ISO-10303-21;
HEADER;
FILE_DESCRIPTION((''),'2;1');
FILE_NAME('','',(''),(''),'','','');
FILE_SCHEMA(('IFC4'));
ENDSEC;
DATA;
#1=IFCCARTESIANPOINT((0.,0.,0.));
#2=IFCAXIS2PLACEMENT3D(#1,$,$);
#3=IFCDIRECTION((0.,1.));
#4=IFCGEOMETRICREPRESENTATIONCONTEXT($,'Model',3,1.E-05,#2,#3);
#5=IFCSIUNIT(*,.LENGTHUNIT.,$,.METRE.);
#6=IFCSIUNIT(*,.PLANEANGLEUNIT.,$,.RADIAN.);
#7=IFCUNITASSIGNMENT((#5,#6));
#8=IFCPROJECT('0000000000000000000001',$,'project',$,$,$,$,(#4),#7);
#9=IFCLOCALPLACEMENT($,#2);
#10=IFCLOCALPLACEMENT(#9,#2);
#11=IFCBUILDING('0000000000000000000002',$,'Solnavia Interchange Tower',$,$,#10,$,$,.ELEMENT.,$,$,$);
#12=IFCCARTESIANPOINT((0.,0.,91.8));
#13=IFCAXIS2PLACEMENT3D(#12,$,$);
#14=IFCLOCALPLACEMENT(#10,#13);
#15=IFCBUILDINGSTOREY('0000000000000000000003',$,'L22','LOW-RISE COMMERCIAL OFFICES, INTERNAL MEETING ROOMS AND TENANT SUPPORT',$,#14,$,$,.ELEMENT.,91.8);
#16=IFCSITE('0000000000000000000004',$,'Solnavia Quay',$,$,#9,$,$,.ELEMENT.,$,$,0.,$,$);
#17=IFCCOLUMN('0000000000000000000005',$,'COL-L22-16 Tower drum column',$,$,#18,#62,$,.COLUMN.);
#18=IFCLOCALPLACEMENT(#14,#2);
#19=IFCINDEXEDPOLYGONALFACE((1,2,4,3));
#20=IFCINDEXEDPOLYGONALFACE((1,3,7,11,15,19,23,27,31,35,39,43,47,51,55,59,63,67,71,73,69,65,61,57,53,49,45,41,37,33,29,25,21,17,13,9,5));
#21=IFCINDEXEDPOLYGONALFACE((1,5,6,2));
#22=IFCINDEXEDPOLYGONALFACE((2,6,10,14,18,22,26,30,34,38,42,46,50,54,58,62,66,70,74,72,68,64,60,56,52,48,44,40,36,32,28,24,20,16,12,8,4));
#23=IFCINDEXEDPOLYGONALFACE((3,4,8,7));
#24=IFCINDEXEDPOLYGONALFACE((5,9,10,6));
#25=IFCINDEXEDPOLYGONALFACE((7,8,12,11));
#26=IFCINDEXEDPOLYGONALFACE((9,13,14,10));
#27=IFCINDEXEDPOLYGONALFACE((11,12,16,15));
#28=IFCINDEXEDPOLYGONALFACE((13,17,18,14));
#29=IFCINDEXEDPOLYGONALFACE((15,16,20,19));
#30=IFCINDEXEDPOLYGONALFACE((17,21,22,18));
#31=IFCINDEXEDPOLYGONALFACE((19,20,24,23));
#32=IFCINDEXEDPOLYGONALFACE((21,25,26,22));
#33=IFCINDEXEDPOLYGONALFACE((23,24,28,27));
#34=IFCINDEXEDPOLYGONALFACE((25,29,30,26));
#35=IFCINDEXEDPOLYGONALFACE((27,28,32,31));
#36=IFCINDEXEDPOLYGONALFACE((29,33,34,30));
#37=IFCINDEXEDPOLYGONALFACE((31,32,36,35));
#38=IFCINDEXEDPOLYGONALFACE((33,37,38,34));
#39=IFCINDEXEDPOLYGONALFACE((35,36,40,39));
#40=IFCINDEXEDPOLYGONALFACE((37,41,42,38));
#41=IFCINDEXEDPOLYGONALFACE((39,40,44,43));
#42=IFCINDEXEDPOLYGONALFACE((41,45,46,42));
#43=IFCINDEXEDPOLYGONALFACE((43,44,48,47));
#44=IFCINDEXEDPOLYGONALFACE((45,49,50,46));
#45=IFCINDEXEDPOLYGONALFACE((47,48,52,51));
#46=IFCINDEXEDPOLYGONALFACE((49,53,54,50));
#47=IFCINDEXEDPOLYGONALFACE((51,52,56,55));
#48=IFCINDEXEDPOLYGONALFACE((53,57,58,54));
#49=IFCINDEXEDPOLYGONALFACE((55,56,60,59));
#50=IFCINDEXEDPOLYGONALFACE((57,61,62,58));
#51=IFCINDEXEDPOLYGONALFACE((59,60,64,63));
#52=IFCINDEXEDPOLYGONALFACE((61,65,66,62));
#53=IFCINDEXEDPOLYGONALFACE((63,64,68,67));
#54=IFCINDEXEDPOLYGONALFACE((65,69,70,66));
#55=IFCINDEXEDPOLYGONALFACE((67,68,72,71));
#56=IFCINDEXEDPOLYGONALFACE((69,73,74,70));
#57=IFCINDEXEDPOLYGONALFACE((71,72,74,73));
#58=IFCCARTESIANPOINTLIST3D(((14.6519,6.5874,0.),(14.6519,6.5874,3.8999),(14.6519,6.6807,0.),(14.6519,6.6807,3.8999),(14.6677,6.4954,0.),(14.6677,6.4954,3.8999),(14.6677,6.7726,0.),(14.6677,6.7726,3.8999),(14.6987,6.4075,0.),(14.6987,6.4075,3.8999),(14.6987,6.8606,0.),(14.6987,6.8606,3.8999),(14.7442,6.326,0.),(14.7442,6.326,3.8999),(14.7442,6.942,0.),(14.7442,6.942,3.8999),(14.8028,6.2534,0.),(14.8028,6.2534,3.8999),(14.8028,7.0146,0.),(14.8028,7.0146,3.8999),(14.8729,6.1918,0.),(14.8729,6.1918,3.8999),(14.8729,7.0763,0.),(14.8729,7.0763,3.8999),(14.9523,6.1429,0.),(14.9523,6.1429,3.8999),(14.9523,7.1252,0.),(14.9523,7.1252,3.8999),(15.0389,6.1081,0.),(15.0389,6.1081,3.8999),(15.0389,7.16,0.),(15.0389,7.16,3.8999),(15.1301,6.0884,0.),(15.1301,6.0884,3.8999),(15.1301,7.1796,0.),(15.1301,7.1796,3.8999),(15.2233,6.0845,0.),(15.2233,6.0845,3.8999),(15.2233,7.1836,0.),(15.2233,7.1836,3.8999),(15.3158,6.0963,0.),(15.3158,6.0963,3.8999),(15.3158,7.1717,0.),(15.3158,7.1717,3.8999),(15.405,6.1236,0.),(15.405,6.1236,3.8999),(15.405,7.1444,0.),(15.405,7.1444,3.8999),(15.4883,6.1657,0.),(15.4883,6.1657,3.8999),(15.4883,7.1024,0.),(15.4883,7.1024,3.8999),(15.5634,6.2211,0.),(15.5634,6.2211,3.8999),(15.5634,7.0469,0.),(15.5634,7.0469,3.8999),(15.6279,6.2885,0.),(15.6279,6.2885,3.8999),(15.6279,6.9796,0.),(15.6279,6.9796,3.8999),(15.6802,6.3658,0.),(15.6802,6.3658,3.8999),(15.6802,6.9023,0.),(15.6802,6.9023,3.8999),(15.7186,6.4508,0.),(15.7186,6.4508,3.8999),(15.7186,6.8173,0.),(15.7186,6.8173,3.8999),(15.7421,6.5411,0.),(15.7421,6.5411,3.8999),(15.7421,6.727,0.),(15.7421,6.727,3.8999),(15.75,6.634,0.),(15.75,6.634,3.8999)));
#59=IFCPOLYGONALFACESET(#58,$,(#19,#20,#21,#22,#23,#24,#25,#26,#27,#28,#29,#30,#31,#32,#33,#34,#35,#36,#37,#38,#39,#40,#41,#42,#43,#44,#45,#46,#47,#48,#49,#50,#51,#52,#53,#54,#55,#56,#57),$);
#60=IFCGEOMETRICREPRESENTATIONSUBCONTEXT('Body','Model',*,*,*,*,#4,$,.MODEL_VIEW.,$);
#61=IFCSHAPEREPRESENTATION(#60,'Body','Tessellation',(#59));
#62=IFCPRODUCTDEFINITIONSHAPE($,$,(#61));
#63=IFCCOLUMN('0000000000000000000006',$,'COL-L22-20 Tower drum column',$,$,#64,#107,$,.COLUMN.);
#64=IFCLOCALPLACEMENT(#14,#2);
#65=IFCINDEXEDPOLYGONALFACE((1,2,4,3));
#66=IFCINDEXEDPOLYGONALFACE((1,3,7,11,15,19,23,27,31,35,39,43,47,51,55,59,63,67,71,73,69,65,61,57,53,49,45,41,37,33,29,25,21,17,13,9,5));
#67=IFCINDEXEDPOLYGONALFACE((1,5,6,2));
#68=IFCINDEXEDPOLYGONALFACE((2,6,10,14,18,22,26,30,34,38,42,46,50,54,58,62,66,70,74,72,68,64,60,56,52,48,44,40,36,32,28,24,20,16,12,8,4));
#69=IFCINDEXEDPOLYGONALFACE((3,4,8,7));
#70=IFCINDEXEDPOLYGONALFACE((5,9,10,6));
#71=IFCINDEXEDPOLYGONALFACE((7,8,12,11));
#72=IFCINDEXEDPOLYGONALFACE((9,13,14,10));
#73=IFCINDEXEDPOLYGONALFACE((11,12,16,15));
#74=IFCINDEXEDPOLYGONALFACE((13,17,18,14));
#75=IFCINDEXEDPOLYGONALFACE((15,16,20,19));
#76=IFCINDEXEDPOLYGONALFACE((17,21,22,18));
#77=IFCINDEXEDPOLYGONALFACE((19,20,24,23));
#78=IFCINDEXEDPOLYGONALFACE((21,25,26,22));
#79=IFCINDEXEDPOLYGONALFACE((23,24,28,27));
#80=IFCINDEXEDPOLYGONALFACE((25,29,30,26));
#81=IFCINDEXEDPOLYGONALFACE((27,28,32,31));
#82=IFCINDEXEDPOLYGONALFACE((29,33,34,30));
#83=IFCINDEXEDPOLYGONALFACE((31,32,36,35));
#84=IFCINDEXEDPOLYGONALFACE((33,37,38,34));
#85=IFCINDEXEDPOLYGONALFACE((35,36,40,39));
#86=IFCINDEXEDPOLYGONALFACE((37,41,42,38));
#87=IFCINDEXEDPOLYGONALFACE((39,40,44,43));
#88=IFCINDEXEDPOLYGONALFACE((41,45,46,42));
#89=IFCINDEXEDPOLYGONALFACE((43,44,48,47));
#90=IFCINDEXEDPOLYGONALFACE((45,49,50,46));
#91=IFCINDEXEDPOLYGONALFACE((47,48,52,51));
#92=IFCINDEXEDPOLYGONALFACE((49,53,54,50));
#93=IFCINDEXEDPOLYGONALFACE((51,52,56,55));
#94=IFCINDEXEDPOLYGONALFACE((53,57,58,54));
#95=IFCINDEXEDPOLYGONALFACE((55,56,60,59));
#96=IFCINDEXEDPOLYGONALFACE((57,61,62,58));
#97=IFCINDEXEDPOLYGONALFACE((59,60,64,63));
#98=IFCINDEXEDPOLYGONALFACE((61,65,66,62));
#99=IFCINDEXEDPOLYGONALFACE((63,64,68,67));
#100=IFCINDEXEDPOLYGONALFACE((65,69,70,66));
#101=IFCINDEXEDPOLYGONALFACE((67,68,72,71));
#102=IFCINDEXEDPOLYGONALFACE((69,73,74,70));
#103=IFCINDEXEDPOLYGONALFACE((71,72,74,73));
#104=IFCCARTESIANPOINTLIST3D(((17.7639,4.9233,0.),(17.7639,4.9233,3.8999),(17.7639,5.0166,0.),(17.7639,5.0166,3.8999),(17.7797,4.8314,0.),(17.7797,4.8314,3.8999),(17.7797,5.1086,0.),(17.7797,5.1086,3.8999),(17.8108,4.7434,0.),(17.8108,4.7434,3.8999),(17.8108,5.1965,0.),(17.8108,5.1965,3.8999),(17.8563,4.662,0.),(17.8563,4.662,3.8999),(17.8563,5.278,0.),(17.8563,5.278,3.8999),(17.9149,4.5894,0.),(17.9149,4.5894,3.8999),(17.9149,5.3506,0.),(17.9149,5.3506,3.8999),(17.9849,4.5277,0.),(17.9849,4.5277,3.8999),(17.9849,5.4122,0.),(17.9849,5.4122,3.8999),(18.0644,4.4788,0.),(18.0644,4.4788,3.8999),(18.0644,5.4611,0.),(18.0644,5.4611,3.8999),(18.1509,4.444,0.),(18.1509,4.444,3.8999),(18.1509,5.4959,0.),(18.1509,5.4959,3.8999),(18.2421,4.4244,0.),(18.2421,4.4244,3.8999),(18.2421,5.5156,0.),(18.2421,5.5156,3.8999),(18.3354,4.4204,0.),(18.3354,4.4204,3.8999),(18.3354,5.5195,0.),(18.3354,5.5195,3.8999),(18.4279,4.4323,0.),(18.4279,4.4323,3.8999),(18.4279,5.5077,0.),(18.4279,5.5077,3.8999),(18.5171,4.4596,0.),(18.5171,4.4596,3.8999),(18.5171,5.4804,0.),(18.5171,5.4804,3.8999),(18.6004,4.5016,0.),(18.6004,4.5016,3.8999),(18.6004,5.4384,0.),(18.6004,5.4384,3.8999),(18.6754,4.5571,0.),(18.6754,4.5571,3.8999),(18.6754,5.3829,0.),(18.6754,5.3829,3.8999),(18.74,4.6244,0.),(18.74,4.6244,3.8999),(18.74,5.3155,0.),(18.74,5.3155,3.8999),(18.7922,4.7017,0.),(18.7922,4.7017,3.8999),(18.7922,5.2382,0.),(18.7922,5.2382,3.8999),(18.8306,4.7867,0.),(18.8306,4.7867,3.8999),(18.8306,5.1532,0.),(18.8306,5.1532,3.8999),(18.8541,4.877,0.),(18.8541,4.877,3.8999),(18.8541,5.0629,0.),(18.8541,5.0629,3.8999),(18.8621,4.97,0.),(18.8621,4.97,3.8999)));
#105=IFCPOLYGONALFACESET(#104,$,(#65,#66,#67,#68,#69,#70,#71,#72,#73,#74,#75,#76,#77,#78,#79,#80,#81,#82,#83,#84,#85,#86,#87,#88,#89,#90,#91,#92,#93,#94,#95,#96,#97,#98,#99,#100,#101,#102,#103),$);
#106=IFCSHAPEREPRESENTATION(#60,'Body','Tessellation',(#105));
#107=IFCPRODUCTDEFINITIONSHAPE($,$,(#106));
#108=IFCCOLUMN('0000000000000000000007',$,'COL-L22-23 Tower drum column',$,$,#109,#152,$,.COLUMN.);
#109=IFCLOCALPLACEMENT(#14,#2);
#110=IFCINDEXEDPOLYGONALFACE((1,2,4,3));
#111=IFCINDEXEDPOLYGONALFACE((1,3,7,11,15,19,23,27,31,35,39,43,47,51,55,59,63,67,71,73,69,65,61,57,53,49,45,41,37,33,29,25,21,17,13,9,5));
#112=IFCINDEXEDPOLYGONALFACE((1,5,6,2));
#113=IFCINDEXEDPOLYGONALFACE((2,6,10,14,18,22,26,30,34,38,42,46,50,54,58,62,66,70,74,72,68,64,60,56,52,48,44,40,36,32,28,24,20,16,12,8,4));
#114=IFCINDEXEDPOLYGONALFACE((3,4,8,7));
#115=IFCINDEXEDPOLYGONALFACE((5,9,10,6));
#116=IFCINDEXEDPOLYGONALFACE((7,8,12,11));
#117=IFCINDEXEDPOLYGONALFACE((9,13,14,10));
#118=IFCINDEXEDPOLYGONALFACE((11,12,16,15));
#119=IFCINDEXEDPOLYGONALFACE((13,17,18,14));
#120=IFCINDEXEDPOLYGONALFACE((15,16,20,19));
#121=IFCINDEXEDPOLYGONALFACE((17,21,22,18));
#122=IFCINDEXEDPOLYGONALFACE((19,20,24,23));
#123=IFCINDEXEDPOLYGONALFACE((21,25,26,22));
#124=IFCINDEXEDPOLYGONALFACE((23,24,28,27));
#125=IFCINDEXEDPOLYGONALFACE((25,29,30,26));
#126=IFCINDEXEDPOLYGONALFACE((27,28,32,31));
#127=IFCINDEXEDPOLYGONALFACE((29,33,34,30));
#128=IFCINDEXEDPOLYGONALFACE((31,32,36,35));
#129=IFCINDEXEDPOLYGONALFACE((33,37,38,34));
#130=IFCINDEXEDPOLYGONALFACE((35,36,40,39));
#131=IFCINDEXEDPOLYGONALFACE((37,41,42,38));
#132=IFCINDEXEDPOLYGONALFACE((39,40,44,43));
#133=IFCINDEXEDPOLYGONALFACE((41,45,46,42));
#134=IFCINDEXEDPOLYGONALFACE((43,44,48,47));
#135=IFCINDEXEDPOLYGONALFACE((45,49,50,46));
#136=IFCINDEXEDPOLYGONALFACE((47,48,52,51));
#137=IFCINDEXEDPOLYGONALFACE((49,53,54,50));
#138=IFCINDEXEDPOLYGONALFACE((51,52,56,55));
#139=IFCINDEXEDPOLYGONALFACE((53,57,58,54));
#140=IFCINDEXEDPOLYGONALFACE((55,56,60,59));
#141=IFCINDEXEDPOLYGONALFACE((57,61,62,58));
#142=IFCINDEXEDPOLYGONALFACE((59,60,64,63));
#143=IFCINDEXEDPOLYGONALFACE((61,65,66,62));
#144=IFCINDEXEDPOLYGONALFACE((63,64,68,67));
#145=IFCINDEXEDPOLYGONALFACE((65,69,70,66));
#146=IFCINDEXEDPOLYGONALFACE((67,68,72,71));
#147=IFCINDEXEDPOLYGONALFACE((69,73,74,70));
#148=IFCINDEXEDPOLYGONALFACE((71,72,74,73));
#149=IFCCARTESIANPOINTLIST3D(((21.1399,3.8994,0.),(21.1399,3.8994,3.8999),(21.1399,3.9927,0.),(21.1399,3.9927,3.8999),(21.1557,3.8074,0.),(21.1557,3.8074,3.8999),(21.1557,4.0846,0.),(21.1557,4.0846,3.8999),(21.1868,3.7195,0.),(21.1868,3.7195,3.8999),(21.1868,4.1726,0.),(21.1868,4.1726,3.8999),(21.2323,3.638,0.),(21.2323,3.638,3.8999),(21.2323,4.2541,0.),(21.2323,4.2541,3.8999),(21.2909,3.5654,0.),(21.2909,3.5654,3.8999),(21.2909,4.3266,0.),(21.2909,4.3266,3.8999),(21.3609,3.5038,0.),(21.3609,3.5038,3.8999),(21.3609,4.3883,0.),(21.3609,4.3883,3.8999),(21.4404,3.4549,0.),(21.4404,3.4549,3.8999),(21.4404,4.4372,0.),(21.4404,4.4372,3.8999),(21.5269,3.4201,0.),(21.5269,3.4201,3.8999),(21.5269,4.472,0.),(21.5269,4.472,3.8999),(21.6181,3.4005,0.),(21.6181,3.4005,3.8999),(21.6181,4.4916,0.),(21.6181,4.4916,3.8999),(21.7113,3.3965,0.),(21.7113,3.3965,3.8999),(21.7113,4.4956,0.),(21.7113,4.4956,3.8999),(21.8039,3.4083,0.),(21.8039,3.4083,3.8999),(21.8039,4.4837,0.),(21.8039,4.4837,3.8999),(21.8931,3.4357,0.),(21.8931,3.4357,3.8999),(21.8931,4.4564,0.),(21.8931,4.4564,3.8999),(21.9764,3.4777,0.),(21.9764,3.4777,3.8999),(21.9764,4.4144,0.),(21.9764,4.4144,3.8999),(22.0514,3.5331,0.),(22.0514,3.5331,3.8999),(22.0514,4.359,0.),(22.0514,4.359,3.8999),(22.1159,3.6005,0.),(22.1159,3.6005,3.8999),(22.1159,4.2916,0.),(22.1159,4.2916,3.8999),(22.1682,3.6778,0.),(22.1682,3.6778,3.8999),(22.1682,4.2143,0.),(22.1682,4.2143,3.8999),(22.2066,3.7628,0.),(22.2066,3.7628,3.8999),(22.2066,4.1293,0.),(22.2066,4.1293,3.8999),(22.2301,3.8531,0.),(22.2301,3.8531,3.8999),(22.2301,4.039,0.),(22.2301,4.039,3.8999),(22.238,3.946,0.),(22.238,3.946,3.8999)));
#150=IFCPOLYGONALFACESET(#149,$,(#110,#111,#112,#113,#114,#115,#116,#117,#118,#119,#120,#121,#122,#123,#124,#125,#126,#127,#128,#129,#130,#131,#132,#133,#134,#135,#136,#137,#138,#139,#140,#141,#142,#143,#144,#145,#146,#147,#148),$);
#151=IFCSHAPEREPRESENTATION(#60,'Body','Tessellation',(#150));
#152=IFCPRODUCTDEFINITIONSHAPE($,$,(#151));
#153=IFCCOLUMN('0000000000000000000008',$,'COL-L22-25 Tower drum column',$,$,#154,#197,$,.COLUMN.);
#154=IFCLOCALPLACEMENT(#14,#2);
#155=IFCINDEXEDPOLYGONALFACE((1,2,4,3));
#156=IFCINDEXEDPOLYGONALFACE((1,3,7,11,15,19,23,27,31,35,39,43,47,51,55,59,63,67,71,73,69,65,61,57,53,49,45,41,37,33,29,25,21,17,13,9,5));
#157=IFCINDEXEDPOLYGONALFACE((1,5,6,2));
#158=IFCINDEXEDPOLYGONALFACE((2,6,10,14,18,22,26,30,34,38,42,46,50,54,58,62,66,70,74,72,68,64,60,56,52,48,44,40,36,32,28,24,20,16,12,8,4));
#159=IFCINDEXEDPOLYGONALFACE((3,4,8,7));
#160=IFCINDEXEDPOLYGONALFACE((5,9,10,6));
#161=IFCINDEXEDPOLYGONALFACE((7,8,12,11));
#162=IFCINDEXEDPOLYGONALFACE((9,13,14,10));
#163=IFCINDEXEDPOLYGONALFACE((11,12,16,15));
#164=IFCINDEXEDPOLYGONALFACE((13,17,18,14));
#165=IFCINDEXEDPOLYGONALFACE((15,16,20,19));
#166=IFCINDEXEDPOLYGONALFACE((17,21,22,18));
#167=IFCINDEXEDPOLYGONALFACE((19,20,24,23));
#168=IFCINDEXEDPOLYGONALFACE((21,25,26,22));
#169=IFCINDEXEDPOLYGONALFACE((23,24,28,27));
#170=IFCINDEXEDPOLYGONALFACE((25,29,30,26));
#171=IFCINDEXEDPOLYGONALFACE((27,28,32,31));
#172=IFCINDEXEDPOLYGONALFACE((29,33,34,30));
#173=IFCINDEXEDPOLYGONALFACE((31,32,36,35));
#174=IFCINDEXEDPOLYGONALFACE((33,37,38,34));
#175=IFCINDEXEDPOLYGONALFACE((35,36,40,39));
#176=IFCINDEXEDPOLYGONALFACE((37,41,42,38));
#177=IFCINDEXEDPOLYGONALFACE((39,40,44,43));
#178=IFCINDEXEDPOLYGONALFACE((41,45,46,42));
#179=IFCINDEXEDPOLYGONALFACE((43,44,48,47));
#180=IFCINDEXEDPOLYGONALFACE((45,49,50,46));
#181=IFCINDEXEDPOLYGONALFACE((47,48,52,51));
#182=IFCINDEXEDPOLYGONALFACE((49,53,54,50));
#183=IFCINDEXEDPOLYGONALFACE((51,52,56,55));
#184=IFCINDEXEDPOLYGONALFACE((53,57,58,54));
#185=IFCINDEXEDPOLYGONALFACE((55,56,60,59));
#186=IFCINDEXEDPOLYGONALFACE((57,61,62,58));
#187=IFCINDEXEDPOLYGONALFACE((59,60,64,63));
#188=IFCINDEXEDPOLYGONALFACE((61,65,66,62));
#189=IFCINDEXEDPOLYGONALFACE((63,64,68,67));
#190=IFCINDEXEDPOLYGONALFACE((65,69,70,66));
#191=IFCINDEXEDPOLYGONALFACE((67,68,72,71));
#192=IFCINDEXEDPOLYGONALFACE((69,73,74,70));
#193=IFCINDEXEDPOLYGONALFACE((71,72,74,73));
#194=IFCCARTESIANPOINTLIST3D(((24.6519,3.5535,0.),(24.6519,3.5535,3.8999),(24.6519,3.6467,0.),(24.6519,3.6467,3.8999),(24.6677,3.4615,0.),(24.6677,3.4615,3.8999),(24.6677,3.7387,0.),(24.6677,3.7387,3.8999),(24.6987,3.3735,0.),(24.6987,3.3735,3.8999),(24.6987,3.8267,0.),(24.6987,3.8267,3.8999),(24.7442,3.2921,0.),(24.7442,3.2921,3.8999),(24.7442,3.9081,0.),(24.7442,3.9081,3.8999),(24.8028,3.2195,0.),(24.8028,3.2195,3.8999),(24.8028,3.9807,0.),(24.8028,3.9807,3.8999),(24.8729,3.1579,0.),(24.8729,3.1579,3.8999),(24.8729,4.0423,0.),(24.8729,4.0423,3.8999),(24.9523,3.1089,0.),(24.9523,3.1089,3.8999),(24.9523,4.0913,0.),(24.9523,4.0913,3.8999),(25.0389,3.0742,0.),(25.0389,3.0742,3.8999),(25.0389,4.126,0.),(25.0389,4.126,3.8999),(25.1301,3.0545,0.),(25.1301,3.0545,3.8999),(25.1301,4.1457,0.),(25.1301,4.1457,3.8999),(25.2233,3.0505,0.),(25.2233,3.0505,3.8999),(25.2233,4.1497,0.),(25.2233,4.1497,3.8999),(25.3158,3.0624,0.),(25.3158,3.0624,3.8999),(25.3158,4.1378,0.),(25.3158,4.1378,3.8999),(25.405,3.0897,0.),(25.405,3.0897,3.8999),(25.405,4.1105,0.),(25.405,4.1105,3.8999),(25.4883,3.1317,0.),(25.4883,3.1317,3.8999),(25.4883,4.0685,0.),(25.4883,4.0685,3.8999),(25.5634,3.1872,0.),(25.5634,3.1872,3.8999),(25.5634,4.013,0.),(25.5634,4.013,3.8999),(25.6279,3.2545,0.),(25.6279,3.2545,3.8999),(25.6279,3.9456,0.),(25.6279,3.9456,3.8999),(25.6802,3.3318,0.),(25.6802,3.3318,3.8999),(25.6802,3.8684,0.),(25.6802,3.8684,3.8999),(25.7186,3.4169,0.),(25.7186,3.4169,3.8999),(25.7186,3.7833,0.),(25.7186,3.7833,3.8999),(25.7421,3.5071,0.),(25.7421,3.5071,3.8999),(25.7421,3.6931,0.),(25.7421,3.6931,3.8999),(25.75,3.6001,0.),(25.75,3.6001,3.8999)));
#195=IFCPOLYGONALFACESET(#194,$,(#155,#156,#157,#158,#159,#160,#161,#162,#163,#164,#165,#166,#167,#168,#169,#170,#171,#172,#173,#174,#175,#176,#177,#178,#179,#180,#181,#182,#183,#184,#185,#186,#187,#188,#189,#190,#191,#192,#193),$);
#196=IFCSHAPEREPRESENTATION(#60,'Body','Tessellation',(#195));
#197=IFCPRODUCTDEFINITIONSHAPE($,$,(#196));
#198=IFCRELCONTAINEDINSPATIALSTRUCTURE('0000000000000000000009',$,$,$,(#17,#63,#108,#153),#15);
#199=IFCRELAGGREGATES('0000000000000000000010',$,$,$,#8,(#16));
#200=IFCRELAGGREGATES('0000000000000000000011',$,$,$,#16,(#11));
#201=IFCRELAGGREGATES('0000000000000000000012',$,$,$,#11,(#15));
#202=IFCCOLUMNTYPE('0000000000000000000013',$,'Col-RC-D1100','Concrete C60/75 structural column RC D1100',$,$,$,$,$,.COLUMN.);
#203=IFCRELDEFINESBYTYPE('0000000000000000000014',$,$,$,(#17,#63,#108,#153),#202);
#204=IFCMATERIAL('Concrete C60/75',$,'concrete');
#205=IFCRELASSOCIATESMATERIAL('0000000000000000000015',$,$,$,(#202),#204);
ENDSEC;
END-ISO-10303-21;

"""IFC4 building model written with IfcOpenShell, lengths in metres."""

from ifc_helpers import new_model, si_unit, direction, frame, origin, origin_2d, place, context, subcontext, project, spatial, circle, extrude, material, material_profile, profile_set, type_object, element, save


model = new_model("IFC4")

# Units and contexts
model_context = context("Model", 3, precision=1e-05, world=origin(), true_north=direction((0.0, 1.0)))
body_context = subcontext(model_context, "Body", "Model", "MODEL_VIEW")
ifc_project = project(units=[si_unit("LENGTHUNIT", "METRE"), si_unit("PLANEANGLEUNIT", "RADIAN")], contexts=[model_context])

# Site, building, storey
site_placement = place(None, origin())
site = spatial("IfcSite", under=ifc_project, at=site_placement, Name="Solnavia Quay", CompositionType="ELEMENT", RefElevation=0.0)
building_placement = place(site_placement, origin())
building = spatial("IfcBuilding", under=site, at=building_placement, Name="Solnavia Interchange Tower", CompositionType="ELEMENT")
storey_placement = place(building_placement, frame((0.0, 0.0, 91.8)))
storey = spatial("IfcBuildingStorey", under=building, at=storey_placement, Name="L22", Description="LOW-RISE COMMERCIAL OFFICES, INTERNAL MEETING ROOMS AND TENANT SUPPORT", CompositionType="ELEMENT", Elevation=91.8)

# Columns
ifc_material_1 = material(Name="Concrete C60/75", Category="concrete")
ifc_material_profile_1 = material_profile(ifc_material_1, circle(Radius=0.55, at=origin_2d()), Name="RC D1100")
ifc_profile_set_1 = profile_set([ifc_material_profile_1], Name="Concrete C60/75")
column_type_1 = type_object("IfcColumnType", Name="Col-RC-D1100", Description="Concrete C60/75 structural column RC D1100", PredefinedType="COLUMN", material=ifc_profile_set_1)
for number, where, z_axis, x_axis, name in (
    (1, (15.2, 6.634, 0.0), (0.0, 0.0, 1.0), (1.0, 0.0, 0.0), "COL-L22-16 Tower drum column"),
    (2, (18.312, 4.97, 0.0), (0.0, 0.0, 1.0), (1.0, 0.0, 0.0), "COL-L22-20 Tower drum column"),
    (3, (21.688, 3.946, 0.0), (0.0, 0.0, 1.0), (1.0, 0.0, 0.0), "COL-L22-23 Tower drum column"),
    (4, (25.2, 3.6001, 0.0), (0.0, 0.0, 1.0), (1.0, 0.0, 0.0), "COL-L22-25 Tower drum column"),
):
    element("IfcColumn", number, at=place(storey_placement, frame(where, z_axis=z_axis, x_axis=x_axis)), inside=storey, type_object=column_type_1, Name=name, PredefinedType="COLUMN", context=body_context, shape_type="SweptSolid", body=[
        extrude(circle(Radius=0.55, at=origin_2d()), origin(), (0.0, 0.0, 1.0), 3.8999),
    ])

save(model, "model.ifc")
